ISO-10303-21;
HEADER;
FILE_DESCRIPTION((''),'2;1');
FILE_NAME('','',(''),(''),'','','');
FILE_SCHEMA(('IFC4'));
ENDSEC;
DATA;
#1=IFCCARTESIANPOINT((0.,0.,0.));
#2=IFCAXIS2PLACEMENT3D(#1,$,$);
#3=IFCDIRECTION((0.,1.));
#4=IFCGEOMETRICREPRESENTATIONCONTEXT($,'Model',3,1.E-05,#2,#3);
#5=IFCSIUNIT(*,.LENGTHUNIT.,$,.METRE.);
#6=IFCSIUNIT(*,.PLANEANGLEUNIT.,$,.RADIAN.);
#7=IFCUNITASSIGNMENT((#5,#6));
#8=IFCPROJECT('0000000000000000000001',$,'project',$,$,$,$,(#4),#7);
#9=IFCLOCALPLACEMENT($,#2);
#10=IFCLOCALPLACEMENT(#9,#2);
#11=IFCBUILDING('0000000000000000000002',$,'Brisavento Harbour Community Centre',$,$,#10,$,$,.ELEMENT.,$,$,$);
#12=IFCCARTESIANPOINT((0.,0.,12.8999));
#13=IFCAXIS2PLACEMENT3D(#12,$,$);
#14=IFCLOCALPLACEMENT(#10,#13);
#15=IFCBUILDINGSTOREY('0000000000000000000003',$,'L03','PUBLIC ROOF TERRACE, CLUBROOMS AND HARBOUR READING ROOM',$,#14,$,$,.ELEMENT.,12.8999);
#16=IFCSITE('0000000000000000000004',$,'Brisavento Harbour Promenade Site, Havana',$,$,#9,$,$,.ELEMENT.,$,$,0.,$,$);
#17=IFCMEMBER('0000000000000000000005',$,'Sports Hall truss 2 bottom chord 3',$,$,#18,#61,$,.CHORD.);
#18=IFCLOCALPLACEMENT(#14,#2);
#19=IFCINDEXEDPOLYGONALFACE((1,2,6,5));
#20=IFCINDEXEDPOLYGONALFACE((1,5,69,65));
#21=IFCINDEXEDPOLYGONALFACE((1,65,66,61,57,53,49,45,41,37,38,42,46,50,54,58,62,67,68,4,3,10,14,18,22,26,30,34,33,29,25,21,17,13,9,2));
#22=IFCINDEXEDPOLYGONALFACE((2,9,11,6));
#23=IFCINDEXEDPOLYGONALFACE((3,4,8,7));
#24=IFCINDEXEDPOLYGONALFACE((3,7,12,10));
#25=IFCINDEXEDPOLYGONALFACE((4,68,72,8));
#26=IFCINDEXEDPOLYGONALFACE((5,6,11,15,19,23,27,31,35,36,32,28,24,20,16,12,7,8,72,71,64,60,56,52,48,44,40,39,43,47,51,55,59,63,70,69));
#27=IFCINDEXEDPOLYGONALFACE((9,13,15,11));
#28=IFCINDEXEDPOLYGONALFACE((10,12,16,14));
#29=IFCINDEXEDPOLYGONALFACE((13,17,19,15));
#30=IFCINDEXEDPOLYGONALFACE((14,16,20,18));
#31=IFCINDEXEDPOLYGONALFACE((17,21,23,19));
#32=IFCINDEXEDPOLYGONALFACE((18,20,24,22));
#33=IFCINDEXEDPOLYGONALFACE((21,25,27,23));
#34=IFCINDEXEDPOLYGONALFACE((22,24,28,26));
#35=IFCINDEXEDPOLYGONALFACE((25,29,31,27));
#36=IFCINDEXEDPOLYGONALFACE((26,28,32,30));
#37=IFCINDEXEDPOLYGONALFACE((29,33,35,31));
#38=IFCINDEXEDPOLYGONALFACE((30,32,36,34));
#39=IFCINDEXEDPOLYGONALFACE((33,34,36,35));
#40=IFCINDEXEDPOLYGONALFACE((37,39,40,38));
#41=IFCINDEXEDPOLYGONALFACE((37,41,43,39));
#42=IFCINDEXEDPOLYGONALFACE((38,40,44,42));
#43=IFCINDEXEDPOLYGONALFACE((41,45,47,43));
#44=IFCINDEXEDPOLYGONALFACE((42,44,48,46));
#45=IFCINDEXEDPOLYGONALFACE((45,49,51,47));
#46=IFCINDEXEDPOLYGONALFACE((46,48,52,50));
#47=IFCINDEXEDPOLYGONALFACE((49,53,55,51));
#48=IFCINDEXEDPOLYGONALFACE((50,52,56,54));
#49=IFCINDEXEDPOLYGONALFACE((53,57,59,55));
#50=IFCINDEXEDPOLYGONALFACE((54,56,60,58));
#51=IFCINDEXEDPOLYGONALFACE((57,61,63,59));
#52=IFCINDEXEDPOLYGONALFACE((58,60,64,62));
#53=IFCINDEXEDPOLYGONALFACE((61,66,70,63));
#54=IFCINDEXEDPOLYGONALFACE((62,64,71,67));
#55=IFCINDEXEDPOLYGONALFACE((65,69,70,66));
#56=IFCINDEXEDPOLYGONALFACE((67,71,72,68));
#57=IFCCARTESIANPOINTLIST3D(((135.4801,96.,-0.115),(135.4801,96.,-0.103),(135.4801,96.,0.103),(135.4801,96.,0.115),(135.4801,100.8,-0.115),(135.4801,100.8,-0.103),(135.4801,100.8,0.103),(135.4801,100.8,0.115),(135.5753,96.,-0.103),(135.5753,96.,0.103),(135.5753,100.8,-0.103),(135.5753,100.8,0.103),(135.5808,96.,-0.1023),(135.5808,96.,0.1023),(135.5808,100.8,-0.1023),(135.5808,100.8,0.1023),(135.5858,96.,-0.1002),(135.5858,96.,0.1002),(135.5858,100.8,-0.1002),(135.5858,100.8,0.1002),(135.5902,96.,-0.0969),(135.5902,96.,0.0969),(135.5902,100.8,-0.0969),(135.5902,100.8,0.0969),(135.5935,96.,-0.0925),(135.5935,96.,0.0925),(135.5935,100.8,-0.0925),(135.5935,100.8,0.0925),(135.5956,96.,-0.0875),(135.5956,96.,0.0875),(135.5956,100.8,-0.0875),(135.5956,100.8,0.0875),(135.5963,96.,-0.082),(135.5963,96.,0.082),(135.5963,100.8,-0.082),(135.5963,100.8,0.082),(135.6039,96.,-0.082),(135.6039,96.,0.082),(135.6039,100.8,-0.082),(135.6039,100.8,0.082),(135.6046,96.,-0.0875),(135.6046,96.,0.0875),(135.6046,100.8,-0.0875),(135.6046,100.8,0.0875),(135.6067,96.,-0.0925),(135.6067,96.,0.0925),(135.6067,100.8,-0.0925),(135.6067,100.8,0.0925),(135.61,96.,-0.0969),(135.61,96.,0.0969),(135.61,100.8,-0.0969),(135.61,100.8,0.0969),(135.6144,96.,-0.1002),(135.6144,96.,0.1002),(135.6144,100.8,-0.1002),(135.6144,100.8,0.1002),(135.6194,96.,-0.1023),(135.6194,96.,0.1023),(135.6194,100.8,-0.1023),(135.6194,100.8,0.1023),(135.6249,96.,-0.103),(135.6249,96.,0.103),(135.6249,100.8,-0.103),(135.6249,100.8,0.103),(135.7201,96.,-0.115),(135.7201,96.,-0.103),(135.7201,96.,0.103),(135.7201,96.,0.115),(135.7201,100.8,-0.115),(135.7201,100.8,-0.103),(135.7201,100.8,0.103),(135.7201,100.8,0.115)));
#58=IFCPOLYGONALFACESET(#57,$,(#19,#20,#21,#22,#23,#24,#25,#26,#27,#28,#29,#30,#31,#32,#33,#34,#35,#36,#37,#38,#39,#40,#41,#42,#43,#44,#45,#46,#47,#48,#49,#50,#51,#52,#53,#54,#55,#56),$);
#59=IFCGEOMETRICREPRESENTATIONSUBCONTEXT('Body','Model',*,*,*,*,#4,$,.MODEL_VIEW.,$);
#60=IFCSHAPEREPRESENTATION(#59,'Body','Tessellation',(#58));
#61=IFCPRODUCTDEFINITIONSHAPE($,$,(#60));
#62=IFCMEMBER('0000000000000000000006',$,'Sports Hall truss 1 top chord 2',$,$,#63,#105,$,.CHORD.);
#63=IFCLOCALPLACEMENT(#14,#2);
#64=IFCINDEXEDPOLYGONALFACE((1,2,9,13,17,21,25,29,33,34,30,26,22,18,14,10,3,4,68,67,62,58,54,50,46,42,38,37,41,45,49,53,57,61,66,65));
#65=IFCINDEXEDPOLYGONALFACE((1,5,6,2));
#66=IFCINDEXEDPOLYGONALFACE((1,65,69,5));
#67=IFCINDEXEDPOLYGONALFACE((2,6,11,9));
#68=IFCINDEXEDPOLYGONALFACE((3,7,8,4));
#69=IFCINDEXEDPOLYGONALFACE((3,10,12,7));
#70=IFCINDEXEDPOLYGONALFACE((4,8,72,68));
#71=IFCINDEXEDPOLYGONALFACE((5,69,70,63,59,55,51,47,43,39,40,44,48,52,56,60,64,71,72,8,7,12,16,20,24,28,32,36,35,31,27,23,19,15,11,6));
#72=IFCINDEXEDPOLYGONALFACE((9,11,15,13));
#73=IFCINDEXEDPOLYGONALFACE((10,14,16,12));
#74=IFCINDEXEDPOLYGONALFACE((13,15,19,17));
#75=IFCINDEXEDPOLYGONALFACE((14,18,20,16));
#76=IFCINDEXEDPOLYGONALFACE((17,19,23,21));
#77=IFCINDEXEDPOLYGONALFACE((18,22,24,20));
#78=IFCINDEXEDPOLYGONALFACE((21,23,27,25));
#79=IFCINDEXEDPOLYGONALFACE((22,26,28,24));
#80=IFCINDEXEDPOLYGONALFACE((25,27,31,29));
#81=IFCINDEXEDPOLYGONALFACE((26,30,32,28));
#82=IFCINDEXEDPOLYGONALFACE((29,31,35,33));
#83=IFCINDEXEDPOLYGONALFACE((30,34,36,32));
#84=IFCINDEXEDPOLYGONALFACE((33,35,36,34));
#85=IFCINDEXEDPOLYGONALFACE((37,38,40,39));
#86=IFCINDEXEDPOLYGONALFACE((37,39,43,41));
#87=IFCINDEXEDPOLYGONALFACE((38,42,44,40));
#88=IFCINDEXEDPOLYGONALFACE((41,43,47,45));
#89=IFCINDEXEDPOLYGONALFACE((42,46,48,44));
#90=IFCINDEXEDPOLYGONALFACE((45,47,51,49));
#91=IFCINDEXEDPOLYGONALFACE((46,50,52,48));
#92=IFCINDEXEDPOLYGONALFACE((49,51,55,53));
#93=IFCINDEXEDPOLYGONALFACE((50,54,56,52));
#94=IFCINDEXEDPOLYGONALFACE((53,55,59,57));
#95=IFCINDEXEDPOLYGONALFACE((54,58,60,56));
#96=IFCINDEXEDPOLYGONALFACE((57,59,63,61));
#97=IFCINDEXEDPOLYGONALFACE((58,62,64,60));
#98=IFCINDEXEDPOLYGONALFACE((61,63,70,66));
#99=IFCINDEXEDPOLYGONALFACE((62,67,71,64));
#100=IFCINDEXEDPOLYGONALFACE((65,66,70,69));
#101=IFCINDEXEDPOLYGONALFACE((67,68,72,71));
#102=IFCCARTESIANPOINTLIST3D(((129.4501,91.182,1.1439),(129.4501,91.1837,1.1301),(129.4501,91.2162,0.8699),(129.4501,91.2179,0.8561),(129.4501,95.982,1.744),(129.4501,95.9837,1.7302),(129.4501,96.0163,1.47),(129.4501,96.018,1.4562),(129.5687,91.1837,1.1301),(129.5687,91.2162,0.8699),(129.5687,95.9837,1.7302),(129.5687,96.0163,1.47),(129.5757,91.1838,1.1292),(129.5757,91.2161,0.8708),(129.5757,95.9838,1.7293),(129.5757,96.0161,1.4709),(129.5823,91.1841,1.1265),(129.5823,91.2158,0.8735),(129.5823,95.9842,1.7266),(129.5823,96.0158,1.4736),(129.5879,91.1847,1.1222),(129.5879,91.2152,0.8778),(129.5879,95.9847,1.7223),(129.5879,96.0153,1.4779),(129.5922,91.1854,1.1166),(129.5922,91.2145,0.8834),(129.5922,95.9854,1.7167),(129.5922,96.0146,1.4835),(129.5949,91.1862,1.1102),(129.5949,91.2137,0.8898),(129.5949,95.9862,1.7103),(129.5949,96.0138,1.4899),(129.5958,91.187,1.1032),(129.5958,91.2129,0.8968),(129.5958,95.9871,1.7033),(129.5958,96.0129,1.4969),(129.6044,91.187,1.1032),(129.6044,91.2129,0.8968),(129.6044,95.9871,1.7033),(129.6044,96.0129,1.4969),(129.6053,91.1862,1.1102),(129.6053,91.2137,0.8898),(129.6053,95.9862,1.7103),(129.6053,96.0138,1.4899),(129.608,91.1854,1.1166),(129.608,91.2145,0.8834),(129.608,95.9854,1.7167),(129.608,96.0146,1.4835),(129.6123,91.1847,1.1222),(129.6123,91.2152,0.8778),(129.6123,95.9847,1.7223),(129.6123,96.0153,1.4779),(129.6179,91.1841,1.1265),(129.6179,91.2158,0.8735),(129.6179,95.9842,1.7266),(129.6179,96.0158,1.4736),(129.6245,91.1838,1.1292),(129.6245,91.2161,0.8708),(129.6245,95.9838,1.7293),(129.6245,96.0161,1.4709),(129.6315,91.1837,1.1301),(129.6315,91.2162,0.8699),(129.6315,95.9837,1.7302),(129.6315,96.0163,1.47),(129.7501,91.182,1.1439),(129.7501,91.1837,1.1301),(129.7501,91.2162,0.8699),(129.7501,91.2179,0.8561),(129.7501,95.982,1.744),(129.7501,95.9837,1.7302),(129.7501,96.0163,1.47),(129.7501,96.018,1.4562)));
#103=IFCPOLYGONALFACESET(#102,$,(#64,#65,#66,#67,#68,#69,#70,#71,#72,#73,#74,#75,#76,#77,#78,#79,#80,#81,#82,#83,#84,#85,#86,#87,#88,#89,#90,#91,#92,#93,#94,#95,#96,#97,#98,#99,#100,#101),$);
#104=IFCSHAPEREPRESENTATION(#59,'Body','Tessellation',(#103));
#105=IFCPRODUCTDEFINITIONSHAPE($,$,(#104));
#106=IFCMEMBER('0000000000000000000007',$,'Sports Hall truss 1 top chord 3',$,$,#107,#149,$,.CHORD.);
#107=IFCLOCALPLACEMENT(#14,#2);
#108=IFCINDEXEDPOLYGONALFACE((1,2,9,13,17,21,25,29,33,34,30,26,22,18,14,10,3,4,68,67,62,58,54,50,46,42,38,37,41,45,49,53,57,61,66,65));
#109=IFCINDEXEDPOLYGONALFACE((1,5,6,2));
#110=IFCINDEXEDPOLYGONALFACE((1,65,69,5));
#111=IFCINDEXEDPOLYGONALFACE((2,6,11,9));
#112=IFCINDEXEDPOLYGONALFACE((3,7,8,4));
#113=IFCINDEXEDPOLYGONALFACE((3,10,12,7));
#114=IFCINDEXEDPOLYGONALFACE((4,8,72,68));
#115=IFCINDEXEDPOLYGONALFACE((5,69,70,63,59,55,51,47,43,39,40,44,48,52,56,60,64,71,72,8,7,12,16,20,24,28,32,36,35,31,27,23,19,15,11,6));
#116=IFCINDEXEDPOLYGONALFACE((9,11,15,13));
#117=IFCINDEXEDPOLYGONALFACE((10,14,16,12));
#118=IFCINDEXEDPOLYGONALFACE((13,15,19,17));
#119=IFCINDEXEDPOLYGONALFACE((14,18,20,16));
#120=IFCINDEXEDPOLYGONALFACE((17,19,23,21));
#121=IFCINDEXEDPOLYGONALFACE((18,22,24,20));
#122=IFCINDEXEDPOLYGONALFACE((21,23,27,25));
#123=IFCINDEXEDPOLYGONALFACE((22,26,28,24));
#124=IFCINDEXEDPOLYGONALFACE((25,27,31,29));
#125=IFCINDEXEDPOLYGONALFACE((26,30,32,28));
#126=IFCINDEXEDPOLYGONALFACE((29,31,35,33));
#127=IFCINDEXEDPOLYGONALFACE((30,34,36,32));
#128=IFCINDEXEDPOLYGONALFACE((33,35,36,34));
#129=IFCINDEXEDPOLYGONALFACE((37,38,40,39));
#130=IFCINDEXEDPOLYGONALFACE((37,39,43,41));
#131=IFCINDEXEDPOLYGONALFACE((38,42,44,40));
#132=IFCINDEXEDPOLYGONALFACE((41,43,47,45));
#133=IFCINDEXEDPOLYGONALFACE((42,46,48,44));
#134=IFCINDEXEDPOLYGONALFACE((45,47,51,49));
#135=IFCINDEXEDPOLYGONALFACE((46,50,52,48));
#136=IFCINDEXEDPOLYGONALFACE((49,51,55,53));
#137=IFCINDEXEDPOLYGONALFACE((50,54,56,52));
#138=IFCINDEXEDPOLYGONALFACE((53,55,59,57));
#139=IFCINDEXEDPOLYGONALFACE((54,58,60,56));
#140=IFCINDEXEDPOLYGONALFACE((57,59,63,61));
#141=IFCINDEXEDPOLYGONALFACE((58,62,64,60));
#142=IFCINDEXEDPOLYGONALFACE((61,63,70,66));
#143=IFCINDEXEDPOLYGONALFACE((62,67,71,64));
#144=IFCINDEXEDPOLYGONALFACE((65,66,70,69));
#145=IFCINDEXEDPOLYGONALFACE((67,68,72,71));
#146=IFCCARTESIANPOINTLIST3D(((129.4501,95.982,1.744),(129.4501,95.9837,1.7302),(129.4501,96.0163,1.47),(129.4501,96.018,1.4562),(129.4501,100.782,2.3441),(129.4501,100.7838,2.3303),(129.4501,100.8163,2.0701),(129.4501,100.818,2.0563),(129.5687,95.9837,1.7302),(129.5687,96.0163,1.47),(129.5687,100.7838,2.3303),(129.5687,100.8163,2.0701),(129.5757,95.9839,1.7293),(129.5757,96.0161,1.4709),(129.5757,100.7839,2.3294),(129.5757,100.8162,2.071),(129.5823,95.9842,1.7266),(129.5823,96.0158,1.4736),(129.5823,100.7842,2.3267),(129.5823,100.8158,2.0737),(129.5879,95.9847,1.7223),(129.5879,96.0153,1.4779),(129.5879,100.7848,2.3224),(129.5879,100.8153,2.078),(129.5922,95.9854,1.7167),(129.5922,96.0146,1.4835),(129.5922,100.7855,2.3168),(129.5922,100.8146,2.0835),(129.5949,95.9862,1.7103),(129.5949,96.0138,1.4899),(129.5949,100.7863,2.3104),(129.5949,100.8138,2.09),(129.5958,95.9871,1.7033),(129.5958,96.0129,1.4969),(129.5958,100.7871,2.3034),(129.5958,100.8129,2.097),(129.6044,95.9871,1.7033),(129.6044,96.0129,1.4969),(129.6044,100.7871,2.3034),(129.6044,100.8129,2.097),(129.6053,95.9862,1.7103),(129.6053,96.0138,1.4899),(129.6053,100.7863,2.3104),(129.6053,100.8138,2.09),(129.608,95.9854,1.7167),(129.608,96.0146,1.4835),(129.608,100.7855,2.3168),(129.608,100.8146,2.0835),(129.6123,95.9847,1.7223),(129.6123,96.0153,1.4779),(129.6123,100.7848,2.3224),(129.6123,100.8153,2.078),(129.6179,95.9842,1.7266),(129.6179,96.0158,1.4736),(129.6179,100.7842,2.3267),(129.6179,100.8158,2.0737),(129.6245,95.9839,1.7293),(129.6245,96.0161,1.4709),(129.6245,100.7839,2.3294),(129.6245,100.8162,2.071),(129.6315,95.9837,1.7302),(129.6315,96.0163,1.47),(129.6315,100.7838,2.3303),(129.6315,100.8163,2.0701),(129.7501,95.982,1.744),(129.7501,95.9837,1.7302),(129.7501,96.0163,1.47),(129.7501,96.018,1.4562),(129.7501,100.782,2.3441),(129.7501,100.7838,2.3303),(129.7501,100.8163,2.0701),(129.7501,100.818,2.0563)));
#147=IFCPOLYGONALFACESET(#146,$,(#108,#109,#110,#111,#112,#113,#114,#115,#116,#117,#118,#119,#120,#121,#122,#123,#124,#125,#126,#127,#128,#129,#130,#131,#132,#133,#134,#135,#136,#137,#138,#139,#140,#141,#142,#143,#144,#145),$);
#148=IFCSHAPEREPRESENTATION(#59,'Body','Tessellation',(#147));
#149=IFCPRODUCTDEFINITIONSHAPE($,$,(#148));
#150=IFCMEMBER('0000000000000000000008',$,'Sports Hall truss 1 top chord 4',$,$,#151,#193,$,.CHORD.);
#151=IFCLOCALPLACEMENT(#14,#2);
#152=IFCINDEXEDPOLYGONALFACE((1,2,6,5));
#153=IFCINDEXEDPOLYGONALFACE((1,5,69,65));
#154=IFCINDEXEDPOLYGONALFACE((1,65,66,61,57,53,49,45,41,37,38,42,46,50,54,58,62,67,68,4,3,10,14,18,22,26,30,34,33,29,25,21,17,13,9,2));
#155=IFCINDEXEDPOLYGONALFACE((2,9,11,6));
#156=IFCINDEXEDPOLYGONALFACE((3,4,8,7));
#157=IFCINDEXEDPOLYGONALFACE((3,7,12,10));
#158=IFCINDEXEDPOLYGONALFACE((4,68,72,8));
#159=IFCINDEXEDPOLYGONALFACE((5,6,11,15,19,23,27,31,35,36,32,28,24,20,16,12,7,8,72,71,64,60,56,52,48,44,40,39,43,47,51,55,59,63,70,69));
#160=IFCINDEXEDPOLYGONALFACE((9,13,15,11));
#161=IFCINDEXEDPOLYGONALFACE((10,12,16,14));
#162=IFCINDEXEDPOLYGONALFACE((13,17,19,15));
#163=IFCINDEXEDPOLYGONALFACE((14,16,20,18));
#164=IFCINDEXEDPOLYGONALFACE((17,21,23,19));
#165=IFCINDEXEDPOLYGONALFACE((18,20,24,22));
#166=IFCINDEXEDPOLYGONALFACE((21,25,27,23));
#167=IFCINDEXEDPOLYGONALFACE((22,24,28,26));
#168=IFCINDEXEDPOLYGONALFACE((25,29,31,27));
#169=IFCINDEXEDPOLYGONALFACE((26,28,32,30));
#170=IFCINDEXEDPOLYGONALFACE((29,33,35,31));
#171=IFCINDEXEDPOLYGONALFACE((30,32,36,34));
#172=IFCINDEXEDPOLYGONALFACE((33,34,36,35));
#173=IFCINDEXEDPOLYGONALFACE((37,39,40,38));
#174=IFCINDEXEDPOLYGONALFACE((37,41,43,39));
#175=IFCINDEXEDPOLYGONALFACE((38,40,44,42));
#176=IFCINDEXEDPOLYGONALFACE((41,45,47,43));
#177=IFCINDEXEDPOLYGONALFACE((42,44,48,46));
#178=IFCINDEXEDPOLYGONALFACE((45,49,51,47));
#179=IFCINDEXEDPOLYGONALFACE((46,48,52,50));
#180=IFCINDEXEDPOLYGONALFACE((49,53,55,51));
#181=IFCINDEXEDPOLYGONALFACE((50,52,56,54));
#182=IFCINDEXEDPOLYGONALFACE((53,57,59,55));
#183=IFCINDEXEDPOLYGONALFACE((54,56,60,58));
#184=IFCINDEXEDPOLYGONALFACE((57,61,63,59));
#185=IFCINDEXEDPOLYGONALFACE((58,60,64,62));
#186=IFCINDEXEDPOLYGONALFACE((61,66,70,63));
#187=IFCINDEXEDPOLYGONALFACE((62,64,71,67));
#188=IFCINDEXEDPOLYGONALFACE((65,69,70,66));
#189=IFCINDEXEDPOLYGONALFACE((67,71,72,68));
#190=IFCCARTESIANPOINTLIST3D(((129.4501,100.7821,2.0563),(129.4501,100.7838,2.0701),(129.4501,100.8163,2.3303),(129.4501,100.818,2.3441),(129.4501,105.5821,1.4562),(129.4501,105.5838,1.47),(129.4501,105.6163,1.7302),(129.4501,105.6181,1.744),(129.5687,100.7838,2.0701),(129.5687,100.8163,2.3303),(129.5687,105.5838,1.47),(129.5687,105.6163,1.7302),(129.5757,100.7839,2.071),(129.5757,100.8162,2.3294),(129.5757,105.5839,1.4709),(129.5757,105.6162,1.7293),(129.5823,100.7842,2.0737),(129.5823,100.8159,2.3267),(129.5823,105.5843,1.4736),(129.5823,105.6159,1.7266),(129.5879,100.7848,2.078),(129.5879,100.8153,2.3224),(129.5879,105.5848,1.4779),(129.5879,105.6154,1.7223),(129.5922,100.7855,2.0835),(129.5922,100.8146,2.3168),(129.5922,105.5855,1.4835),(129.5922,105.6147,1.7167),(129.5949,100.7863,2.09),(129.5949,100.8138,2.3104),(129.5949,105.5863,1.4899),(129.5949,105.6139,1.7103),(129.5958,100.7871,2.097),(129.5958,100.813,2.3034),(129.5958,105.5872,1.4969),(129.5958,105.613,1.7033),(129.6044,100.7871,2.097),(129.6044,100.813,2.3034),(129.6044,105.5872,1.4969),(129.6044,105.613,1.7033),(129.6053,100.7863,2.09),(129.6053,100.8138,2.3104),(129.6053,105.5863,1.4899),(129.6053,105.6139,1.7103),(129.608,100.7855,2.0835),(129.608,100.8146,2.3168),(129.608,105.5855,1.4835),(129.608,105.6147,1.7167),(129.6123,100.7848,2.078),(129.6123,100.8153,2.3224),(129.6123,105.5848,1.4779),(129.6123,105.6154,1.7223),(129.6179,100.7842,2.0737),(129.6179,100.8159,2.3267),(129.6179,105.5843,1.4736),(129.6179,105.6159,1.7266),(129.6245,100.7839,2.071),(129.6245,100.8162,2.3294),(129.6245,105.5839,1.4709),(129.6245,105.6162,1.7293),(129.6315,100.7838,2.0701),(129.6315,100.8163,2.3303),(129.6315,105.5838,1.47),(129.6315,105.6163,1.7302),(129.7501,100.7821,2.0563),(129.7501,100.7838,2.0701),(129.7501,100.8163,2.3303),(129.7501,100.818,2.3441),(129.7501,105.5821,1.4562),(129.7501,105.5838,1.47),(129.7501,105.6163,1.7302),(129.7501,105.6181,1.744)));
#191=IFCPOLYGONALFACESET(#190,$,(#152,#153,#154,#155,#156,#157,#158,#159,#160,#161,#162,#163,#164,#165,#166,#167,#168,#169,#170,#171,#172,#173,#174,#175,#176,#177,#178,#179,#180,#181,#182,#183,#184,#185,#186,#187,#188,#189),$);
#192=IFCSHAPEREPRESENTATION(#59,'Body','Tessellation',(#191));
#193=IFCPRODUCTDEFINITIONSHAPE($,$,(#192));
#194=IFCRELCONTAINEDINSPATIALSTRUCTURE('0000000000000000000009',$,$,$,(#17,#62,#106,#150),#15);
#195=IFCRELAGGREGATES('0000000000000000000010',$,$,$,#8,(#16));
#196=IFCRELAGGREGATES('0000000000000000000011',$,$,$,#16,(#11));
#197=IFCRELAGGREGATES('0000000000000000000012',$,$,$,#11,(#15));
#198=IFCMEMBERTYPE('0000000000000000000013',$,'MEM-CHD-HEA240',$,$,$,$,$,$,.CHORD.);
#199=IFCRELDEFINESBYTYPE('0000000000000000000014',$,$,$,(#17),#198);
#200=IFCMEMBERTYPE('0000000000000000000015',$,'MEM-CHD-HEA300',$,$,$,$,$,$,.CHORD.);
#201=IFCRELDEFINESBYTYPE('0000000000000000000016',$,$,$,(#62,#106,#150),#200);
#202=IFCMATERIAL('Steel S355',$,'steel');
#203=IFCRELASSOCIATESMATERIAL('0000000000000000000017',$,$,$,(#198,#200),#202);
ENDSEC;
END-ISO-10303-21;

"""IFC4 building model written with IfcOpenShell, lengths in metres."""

from ifc_helpers import new_model, si_unit, direction, frame, origin, origin_2d, place, context, subcontext, project, spatial, i_section, extrude, material, material_profile, profile_set, type_object, element, save


model = new_model("IFC4")

# Units and contexts
model_context = context("Model", 3, precision=1e-05, world=origin(), true_north=direction((0.0, 1.0)))
body_context = subcontext(model_context, "Body", "Model", "MODEL_VIEW")
ifc_project = project(units=[si_unit("LENGTHUNIT", "METRE"), si_unit("PLANEANGLEUNIT", "RADIAN")], contexts=[model_context])

# Site, building, storey
site_placement = place(None, origin())
site = spatial("IfcSite", under=ifc_project, at=site_placement, Name="Brisavento Harbour Promenade Site, Havana", CompositionType="ELEMENT", RefElevation=0.0)
building_placement = place(site_placement, origin())
building = spatial("IfcBuilding", under=site, at=building_placement, Name="Brisavento Harbour Community Centre", CompositionType="ELEMENT")
storey_placement = place(building_placement, frame((0.0, 0.0, 12.8999)))
storey = spatial("IfcBuildingStorey", under=building, at=storey_placement, Name="L03", Description="PUBLIC ROOF TERRACE, CLUBROOMS AND HARBOUR READING ROOM", CompositionType="ELEMENT", Elevation=12.8999)

# Members
ifc_material_1 = material(Name="Steel S355", Category="steel")
ifc_material_profile_1 = material_profile(ifc_material_1, i_section(OverallWidth=0.24, OverallDepth=0.23, WebThickness=0.0076, FlangeThickness=0.012, FilletRadius=0.021, at=origin_2d()), Name="Steel S355")
ifc_profile_set_1 = profile_set([ifc_material_profile_1], Name="Steel S355")
member_type_1 = type_object("IfcMemberType", Name="MEM-CHD-HEA240", PredefinedType="CHORD", material=ifc_profile_set_1)
for number, where, z_axis, x_axis, name in (
    (1, (135.6001, 96.0, 0.0), (0.0, 1.0, 0.0), (-1.0, 0.0, 0.0), "Sports Hall truss 2 bottom chord 3"),
):
    element("IfcMember", number, at=place(storey_placement, frame(where, z_axis=z_axis, x_axis=x_axis)), inside=storey, type_object=member_type_1, Name=name, PredefinedType="CHORD", context=body_context, shape_type="SweptSolid", body=[
        extrude(i_section(OverallWidth=0.24, OverallDepth=0.23, WebThickness=0.0076, FlangeThickness=0.012, FilletRadius=0.021, at=origin_2d()), origin(), (0.0, 0.0, 1.0), 4.8),
    ])
ifc_material_profile_2 = material_profile(ifc_material_1, i_section(OverallWidth=0.3, OverallDepth=0.29, WebThickness=0.0085, FlangeThickness=0.0139, FilletRadius=0.0271, at=origin_2d()), Name="Steel S355")
ifc_profile_set_2 = profile_set([ifc_material_profile_2], Name="Steel S355")
member_type_2 = type_object("IfcMemberType", Name="MEM-CHD-HEA300", PredefinedType="CHORD", material=ifc_profile_set_2)
for number, where, z_axis, x_axis, name in (
    (2, (129.6001, 91.2, 1.0), (0.0, 0.992276, 0.124053), (-1.0, 0.0, 0.0), "Sports Hall truss 1 top chord 2"),
    (3, (129.6001, 96.0, 1.6001), (0.0, 0.992276, 0.124053), (-1.0, 0.0, 0.0), "Sports Hall truss 1 top chord 3"),
    (4, (129.6001, 100.8, 2.2002), (0.0, 0.992276, -0.124053), (-1.0, 0.0, 0.0), "Sports Hall truss 1 top chord 4"),
):
    element("IfcMember", number, at=place(storey_placement, frame(where, z_axis=z_axis, x_axis=x_axis)), inside=storey, type_object=member_type_2, Name=name, PredefinedType="CHORD", context=body_context, shape_type="SweptSolid", body=[
        extrude(i_section(OverallWidth=0.3, OverallDepth=0.29, WebThickness=0.0085, FlangeThickness=0.0139, FilletRadius=0.0271, at=origin_2d()), origin(), (0.0, 0.0, 1.0), 4.8374),
    ])

save(model, "model.ifc")
